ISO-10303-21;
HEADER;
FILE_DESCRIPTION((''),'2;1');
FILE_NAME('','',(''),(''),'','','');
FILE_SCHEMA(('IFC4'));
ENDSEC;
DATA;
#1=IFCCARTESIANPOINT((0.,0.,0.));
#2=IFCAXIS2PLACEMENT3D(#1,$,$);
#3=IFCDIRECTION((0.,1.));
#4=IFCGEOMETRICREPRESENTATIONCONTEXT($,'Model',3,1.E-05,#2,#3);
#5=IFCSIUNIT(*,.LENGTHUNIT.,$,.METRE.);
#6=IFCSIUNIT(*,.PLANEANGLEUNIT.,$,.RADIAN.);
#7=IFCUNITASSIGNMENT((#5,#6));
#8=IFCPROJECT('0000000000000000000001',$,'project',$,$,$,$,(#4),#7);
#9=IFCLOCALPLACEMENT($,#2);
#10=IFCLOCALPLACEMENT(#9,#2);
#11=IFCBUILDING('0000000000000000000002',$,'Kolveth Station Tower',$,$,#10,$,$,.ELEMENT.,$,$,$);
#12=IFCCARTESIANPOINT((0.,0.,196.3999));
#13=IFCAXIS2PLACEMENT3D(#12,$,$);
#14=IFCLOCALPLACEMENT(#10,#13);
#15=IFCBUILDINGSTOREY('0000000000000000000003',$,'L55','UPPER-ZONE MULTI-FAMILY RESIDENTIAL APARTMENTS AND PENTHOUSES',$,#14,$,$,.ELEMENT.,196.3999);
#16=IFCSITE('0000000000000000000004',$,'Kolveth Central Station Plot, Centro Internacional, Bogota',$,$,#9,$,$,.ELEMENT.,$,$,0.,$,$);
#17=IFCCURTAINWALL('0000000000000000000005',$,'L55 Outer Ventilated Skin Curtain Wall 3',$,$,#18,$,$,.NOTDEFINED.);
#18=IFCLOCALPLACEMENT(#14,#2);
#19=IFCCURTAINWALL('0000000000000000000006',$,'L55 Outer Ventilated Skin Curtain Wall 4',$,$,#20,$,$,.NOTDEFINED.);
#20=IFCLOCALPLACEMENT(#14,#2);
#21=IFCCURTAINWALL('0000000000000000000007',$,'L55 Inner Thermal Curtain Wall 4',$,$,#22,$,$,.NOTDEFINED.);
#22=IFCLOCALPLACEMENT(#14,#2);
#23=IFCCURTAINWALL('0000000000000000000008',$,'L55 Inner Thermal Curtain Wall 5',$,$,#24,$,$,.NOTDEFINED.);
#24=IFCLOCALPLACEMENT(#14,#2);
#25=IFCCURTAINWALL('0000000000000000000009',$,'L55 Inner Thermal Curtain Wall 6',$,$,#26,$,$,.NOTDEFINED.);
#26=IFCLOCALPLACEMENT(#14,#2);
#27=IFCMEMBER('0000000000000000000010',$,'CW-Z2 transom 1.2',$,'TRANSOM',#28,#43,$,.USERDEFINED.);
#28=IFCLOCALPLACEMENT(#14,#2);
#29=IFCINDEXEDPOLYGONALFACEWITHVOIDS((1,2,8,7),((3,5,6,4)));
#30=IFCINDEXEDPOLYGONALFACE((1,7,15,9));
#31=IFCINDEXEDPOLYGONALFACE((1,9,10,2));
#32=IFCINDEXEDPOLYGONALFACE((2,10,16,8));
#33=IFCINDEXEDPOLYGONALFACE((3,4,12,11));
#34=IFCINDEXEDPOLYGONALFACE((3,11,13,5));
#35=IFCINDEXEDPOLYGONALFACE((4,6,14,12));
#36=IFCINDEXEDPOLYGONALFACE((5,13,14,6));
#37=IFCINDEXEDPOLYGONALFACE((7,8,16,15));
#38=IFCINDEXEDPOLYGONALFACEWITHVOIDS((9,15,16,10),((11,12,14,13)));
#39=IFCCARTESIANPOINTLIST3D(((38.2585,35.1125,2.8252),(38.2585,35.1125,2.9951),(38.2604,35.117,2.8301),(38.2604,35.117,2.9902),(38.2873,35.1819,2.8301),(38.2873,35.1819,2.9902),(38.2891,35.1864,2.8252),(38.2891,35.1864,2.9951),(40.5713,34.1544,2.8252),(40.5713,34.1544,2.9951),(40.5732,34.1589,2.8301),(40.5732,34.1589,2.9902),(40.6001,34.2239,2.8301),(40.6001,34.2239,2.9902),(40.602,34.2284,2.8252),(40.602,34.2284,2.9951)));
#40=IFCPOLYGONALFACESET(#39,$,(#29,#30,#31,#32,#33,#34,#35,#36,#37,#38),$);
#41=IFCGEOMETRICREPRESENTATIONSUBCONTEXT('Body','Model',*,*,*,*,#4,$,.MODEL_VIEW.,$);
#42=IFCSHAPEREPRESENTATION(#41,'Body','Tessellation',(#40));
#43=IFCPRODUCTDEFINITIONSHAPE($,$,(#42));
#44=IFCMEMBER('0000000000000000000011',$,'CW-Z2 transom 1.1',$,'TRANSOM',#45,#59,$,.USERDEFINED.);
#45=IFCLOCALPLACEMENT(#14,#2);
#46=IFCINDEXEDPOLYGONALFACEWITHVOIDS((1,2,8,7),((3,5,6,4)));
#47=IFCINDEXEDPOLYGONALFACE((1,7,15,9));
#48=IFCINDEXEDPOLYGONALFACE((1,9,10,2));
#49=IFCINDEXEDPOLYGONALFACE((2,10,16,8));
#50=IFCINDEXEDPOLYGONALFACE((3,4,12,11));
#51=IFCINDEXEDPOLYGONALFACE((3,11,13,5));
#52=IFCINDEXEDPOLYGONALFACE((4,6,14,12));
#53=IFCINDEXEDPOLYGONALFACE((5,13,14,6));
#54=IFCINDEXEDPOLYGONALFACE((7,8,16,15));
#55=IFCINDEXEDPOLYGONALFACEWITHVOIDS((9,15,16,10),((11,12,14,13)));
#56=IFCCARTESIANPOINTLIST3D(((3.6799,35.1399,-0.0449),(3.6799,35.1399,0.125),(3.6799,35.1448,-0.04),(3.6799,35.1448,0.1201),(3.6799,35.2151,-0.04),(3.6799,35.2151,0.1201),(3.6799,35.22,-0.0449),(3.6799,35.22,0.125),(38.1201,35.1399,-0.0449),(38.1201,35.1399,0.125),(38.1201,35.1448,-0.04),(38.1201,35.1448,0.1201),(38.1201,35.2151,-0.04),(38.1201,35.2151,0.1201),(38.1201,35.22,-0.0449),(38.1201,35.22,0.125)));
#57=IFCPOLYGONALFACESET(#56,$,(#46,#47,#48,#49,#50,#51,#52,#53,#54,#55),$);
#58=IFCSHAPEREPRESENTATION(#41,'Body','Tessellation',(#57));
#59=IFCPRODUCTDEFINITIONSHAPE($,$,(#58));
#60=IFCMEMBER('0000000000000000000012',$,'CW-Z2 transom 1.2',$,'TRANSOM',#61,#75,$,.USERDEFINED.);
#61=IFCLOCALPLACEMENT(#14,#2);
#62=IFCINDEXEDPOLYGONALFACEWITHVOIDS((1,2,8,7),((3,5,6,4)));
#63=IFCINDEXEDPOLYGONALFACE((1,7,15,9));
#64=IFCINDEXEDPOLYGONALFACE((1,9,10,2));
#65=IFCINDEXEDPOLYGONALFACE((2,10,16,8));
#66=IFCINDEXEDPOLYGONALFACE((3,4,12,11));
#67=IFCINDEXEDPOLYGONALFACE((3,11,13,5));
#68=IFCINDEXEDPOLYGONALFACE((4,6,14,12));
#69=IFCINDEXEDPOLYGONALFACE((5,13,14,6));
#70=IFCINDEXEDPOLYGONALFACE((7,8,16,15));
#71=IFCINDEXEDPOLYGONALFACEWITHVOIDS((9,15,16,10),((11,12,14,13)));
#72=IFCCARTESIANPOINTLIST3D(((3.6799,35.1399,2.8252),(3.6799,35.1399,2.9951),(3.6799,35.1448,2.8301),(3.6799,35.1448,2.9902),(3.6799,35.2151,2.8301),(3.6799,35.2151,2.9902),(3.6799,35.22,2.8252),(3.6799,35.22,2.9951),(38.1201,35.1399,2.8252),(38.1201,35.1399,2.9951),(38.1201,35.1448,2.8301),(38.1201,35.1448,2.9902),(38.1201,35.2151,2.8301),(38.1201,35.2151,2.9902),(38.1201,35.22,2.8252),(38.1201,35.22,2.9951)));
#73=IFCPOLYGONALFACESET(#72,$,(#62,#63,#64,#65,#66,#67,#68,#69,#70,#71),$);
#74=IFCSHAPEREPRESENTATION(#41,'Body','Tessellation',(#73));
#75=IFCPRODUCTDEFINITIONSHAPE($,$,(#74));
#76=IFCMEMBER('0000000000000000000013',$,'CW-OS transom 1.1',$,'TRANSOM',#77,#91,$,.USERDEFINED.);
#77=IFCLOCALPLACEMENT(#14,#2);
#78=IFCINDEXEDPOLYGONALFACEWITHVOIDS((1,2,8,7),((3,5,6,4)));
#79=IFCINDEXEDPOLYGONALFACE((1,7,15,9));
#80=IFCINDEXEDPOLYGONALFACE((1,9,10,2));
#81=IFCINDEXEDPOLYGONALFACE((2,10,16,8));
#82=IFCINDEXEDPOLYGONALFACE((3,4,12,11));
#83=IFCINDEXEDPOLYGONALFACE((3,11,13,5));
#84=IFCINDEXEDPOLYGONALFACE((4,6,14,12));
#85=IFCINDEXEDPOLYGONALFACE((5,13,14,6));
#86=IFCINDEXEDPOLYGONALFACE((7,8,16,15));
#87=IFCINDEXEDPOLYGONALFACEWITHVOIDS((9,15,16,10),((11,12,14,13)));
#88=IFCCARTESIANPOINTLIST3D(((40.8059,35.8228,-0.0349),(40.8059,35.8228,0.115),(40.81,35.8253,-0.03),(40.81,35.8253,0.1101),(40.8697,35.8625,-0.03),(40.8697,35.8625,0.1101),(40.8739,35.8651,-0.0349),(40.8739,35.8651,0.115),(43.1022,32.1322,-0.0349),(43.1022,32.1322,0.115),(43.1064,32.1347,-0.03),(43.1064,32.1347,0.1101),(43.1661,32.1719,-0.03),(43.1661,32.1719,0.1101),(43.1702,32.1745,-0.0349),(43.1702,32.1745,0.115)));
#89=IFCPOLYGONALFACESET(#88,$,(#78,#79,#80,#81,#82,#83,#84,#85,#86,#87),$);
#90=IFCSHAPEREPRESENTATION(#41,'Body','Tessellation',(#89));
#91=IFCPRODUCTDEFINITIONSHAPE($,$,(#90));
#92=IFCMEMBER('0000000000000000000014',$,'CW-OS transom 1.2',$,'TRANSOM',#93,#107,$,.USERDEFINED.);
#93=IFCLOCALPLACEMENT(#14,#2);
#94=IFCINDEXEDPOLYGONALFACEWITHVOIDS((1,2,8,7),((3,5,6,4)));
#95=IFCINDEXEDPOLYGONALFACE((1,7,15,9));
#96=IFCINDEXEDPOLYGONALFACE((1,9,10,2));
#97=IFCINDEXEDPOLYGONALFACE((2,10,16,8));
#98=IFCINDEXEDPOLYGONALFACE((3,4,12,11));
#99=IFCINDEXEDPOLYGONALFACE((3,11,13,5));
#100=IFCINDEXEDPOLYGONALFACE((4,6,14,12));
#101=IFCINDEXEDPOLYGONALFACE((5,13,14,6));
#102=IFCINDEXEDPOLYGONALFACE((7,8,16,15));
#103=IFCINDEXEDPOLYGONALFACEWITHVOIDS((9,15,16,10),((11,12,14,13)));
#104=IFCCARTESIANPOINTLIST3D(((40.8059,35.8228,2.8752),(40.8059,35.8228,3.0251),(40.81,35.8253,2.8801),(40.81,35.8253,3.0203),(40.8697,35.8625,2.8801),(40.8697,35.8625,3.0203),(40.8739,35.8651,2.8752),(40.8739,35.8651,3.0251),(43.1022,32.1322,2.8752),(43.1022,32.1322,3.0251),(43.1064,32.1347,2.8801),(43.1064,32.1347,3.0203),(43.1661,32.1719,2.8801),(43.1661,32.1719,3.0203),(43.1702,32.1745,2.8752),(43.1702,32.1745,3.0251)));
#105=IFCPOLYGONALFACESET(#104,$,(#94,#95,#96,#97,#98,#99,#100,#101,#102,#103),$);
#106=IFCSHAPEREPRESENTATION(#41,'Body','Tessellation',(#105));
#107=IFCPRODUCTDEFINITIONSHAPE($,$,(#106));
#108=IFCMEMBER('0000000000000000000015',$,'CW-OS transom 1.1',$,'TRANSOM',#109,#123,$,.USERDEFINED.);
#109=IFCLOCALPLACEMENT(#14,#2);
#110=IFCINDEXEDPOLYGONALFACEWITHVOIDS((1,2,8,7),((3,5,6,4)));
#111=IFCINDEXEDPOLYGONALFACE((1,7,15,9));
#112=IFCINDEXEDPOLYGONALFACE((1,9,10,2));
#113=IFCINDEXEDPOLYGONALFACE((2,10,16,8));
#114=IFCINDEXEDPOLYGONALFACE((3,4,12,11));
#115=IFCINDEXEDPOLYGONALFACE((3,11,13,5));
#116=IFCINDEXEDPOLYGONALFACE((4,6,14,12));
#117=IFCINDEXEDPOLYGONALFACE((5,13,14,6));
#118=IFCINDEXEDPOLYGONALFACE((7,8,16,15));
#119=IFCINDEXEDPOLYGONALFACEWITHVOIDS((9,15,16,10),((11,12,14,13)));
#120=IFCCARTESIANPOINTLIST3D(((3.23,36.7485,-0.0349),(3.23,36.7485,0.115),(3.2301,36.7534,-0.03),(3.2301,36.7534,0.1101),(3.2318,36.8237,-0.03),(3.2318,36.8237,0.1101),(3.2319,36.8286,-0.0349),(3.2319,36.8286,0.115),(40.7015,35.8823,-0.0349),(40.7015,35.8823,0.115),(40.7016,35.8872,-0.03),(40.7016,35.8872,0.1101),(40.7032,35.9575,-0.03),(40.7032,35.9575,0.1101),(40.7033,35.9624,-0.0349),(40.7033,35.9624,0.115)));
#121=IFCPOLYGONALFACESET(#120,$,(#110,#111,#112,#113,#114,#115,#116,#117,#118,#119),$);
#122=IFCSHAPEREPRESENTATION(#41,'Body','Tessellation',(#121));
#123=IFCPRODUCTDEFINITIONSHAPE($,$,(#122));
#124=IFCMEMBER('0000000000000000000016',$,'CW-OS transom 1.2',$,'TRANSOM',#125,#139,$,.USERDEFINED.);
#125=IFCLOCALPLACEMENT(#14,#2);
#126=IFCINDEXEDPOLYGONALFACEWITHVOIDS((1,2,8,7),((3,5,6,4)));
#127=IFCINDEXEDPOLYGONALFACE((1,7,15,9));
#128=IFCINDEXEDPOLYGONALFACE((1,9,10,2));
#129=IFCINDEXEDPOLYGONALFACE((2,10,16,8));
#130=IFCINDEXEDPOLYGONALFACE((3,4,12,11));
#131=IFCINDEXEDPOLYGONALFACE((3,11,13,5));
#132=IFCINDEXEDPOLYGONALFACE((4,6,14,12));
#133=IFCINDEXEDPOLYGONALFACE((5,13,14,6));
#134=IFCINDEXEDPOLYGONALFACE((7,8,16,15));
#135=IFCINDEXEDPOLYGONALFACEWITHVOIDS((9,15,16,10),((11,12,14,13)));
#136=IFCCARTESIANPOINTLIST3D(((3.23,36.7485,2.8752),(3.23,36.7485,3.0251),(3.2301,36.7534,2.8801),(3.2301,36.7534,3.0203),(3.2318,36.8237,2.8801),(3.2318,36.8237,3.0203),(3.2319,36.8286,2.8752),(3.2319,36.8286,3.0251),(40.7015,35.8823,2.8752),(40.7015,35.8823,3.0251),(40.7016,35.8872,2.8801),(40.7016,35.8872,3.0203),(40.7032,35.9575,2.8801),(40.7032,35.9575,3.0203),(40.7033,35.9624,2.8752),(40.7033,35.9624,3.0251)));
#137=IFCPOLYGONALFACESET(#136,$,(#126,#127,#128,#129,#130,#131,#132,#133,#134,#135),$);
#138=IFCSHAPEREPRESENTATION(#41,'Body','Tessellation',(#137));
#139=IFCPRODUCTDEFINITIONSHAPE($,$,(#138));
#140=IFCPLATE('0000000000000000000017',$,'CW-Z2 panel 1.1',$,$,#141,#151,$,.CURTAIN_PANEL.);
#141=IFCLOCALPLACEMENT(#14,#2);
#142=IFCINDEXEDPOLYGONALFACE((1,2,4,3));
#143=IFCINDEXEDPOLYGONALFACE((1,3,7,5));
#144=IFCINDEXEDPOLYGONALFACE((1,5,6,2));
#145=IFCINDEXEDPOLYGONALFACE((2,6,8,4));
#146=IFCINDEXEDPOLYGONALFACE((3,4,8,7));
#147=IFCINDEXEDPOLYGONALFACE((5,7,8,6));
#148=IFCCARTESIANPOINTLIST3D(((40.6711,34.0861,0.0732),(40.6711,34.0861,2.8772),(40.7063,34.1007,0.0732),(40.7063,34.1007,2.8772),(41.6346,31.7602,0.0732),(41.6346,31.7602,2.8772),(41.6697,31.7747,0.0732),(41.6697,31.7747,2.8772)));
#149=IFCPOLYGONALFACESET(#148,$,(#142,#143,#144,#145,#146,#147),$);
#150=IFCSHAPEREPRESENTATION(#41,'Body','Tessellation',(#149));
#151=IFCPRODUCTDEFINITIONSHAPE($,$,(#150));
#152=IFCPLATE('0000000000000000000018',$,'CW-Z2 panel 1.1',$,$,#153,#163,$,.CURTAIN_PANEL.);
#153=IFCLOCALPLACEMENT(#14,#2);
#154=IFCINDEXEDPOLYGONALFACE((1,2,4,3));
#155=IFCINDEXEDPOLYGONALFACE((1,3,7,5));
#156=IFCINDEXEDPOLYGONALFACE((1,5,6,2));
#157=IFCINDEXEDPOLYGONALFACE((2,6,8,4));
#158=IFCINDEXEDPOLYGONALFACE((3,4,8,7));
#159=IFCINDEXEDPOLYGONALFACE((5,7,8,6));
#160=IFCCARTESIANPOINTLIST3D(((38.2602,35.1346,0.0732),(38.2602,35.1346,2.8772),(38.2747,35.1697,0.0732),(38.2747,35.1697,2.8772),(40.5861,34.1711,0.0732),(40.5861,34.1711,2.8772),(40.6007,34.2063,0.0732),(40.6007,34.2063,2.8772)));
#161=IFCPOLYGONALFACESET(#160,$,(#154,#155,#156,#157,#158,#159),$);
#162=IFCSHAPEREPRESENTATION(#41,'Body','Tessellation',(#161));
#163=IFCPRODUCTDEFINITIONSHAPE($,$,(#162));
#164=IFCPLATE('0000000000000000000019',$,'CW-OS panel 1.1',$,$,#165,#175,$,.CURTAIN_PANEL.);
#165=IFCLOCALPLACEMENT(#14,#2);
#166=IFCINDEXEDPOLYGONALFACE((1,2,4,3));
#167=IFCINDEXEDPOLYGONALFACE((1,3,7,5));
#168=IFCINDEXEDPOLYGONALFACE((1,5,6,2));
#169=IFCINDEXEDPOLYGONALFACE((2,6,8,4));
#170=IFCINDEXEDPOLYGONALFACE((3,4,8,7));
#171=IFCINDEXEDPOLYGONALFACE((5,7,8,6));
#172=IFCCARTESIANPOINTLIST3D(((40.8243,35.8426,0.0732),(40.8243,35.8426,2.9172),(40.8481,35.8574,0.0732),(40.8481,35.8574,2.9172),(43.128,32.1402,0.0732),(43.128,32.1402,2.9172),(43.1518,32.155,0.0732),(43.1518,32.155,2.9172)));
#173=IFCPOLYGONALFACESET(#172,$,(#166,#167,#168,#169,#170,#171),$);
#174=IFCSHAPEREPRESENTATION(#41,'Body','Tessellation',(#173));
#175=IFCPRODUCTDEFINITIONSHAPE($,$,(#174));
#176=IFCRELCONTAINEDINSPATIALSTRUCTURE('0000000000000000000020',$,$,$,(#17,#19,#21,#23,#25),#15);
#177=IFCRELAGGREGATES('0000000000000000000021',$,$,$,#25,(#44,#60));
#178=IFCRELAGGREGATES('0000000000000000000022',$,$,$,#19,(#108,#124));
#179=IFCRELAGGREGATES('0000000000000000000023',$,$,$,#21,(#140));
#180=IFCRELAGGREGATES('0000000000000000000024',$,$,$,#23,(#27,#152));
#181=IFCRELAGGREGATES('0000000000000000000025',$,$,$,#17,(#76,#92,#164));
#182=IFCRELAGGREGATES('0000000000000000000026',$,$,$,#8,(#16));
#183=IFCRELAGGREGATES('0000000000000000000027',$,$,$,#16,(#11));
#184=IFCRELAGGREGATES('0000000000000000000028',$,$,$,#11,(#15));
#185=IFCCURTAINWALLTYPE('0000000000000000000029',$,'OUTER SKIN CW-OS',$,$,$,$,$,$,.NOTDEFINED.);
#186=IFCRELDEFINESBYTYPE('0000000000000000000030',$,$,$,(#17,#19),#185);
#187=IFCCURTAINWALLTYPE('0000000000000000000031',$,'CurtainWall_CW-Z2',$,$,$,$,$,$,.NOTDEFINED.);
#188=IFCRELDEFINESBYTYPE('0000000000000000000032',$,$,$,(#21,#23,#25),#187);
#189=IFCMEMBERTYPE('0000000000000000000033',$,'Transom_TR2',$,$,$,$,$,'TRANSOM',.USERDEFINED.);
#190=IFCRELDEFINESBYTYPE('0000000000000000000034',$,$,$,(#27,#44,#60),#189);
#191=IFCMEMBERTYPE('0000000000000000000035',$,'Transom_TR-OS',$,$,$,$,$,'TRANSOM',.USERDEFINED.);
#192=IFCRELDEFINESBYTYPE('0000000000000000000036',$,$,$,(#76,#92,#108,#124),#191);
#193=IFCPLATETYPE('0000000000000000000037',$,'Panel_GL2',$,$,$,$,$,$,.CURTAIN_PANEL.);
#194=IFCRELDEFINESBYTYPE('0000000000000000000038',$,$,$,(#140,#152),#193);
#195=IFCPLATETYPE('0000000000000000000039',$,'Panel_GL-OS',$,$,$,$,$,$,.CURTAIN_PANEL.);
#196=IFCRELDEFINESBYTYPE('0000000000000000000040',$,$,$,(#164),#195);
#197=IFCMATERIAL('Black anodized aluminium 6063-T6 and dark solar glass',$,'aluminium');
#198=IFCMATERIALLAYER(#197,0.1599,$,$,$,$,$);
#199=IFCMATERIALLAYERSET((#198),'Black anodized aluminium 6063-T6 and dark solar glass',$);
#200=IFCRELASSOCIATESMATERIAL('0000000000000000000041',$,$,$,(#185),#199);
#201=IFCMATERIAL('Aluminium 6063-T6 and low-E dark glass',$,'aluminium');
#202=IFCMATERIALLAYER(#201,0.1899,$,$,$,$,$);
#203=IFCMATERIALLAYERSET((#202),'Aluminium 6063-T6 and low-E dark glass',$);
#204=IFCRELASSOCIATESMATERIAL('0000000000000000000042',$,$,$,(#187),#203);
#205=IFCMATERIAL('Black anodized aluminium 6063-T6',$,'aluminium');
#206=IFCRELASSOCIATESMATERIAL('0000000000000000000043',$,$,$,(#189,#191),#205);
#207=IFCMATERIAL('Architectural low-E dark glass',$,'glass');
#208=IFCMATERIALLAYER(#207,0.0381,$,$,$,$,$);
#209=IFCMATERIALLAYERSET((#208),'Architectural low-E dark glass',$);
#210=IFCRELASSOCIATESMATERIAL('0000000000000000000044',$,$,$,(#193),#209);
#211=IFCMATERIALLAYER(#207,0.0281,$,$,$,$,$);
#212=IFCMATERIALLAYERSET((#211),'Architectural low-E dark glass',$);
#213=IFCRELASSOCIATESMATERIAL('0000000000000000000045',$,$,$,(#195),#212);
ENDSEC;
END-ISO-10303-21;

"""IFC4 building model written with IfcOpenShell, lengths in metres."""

from ifc_helpers import new_model, si_unit, direction, frame, origin, origin_2d, place, context, subcontext, project, spatial, rectangle, hollow_rectangle, extrude, source, transform, mapped, material, layer, layer_set, material_profile, profile_set, type_object, element, aggregate, save


model = new_model("IFC4")

# Units and contexts
model_context = context("Model", 3, precision=1e-05, world=origin(), true_north=direction((0.0, 1.0)))
body_context = subcontext(model_context, "Body", "Model", "MODEL_VIEW")
ifc_project = project(units=[si_unit("LENGTHUNIT", "METRE"), si_unit("PLANEANGLEUNIT", "RADIAN")], contexts=[model_context])

# Site, building, storey
site_placement = place(None, origin())
site = spatial("IfcSite", under=ifc_project, at=site_placement, Name="Kolveth Central Station Plot, Centro Internacional, Bogota", CompositionType="ELEMENT", RefElevation=0.0)
building_placement = place(site_placement, origin())
building = spatial("IfcBuilding", under=site, at=building_placement, Name="Kolveth Station Tower", CompositionType="ELEMENT")
storey_placement = place(building_placement, frame((0.0, 0.0, 196.3999)))
storey = spatial("IfcBuildingStorey", under=building, at=storey_placement, Name="L55", Description="UPPER-ZONE MULTI-FAMILY RESIDENTIAL APARTMENTS AND PENTHOUSES", CompositionType="ELEMENT", Elevation=196.3999)

# Shared definitions
ifc_material_1 = material(Name="Black anodized aluminium 6063-T6 and dark solar glass", Category="aluminium")
ifc_layer_1 = layer(ifc_material_1, 0.1599)
ifc_layer_set_1 = layer_set([ifc_layer_1], Name="Black anodized aluminium 6063-T6 and dark solar glass")
curtain_wall_type_1 = type_object("IfcCurtainWallType", Name="OUTER SKIN CW-OS", PredefinedType="NOTDEFINED", material=ifc_layer_set_1)
ifc_material_2 = material(Name="Black anodized aluminium 6063-T6", Category="aluminium")

# Curtain wall
curtain_wall_1_placement = place(storey_placement, origin())
curtain_wall_1 = element("IfcCurtainWall", 1, at=curtain_wall_1_placement, inside=storey, type_object=curtain_wall_type_1, Name="L55 Outer Ventilated Skin Curtain Wall 3", PredefinedType="NOTDEFINED")

# Curtain walls
curtain_wall_2_placement = place(storey_placement, origin())
curtain_wall_2 = element("IfcCurtainWall", 2, at=curtain_wall_2_placement, inside=storey, type_object=curtain_wall_type_1, Name="L55 Outer Ventilated Skin Curtain Wall 4", PredefinedType="NOTDEFINED")
ifc_material_3 = material(Name="Aluminium 6063-T6 and low-E dark glass", Category="aluminium")
ifc_layer_2 = layer(ifc_material_3, 0.1899)
ifc_layer_set_2 = layer_set([ifc_layer_2], Name="Aluminium 6063-T6 and low-E dark glass")
curtain_wall_type_2 = type_object("IfcCurtainWallType", Name="CurtainWall_CW-Z2", PredefinedType="NOTDEFINED", material=ifc_layer_set_2)
curtain_wall_3_placement = place(storey_placement, origin())
curtain_wall_3 = element("IfcCurtainWall", 3, at=curtain_wall_3_placement, inside=storey, type_object=curtain_wall_type_2, Name="L55 Inner Thermal Curtain Wall 4", PredefinedType="NOTDEFINED")

# Curtain wall
curtain_wall_4_placement = place(storey_placement, origin())
curtain_wall_4 = element("IfcCurtainWall", 4, at=curtain_wall_4_placement, inside=storey, type_object=curtain_wall_type_2, Name="L55 Inner Thermal Curtain Wall 5", PredefinedType="NOTDEFINED")

# Curtain wall
curtain_wall_5_placement = place(storey_placement, origin())
curtain_wall_5 = element("IfcCurtainWall", 5, at=curtain_wall_5_placement, inside=storey, type_object=curtain_wall_type_2, Name="L55 Inner Thermal Curtain Wall 6", PredefinedType="NOTDEFINED")

# Members
ifc_material_profile_1 = material_profile(ifc_material_2, hollow_rectangle(XDim=0.0801, YDim=0.1699, WallThickness=0.0049, at=origin_2d()), Name="ALU-80x170x5")
ifc_profile_set_1 = profile_set([ifc_material_profile_1], Name="Black anodized aluminium 6063-T6")
member_type_1 = type_object("IfcMemberType", Name="Transom_TR2", ElementType="TRANSOM", PredefinedType="USERDEFINED", material=ifc_profile_set_1)
shared_shape_1 = source(origin(), body_context, "Body", "SweptSolid", [
    extrude(hollow_rectangle(XDim=0.0801, YDim=0.1699, WallThickness=0.0049, at=origin_2d()), origin(), (0.0, 0.0, 1.0), 2.5034),
])
member_1_placement = place(storey_placement, frame((40.5867, 34.1914, 2.9102), z_axis=(-0.923874, 0.382696, 0.0), x_axis=(-0.382696, -0.923874, 0.0)))
member_1 = element("IfcMember", 6, at=member_1_placement, type_object=member_type_1, Name="CW-Z2 transom 1.2", ObjectType="TRANSOM", PredefinedType="USERDEFINED", context=body_context, shape_type="MappedRepresentation", body=[
    mapped(shared_shape_1, transform((0.0, 0.0, 0.0), x_axis=(1.0, 0.0, 0.0), y_axis=(0.0, 1.0, 0.0), z_axis=(0.0, 0.0, 1.0), scale=1.0)),
])
shared_shape_2 = source(origin(), body_context, "Body", "SweptSolid", [
    extrude(hollow_rectangle(XDim=0.0801, YDim=0.1699, WallThickness=0.0049, at=origin_2d()), origin(), (0.0, 0.0, 1.0), 34.4402),
])
member_2_placement = place(storey_placement, frame((38.1201, 35.1799, 0.04), z_axis=(-1.0, 0.0, 0.0), x_axis=(0.0, -1.0, 0.0)))
member_2 = element("IfcMember", 7, at=member_2_placement, type_object=member_type_1, Name="CW-Z2 transom 1.1", ObjectType="TRANSOM", PredefinedType="USERDEFINED", context=body_context, shape_type="MappedRepresentation", body=[
    mapped(shared_shape_2, transform((0.0, 0.0, 0.0), x_axis=(1.0, 0.0, 0.0), y_axis=(0.0, 1.0, 0.0), z_axis=(0.0, 0.0, 1.0), scale=1.0)),
])
member_3_placement = place(storey_placement, frame((38.1201, 35.1799, 2.9102), z_axis=(-1.0, 0.0, 0.0), x_axis=(0.0, -1.0, 0.0)))
member_3 = element("IfcMember", 8, at=member_3_placement, type_object=member_type_1, Name="CW-Z2 transom 1.2", ObjectType="TRANSOM", PredefinedType="USERDEFINED", context=body_context, shape_type="MappedRepresentation", body=[
    mapped(shared_shape_2, transform((0.0, 0.0, 0.0), x_axis=(1.0, 0.0, 0.0), y_axis=(0.0, 1.0, 0.0), z_axis=(0.0, 0.0, 1.0), scale=1.0)),
])
aggregate(curtain_wall_5, [member_2, member_3])
ifc_material_profile_2 = material_profile(ifc_material_2, hollow_rectangle(XDim=0.0801, YDim=0.1499, WallThickness=0.0049, at=origin_2d()), Name="ALU-80x150x5")
ifc_profile_set_2 = profile_set([ifc_material_profile_2], Name="Black anodized aluminium 6063-T6")
member_type_2 = type_object("IfcMemberType", Name="Transom_TR-OS", ElementType="TRANSOM", PredefinedType="USERDEFINED", material=ifc_profile_set_2)
shared_shape_3 = source(origin(), body_context, "Body", "SweptSolid", [
    extrude(hollow_rectangle(XDim=0.0801, YDim=0.1499, WallThickness=0.0049, at=origin_2d()), origin(), (0.0, 0.0, 1.0), 4.3467),
])
member_4_placement = place(storey_placement, frame((43.1362, 32.1533, 0.04), z_axis=(-0.528296, 0.84906, 0.0), x_axis=(-0.84906, -0.528296, 0.0)))
member_4 = element("IfcMember", 9, at=member_4_placement, type_object=member_type_2, Name="CW-OS transom 1.1", ObjectType="TRANSOM", PredefinedType="USERDEFINED", context=body_context, shape_type="MappedRepresentation", body=[
    mapped(shared_shape_3, transform((0.0, 0.0, 0.0), x_axis=(1.0, 0.0, 0.0), y_axis=(0.0, 1.0, 0.0), z_axis=(0.0, 0.0, 1.0), scale=1.0)),
])
member_5_placement = place(storey_placement, frame((43.1362, 32.1533, 2.9502), z_axis=(-0.528296, 0.84906, 0.0), x_axis=(-0.84906, -0.528296, 0.0)))
member_5 = element("IfcMember", 10, at=member_5_placement, type_object=member_type_2, Name="CW-OS transom 1.2", ObjectType="TRANSOM", PredefinedType="USERDEFINED", context=body_context, shape_type="MappedRepresentation", body=[
    mapped(shared_shape_3, transform((0.0, 0.0, 0.0), x_axis=(1.0, 0.0, 0.0), y_axis=(0.0, 1.0, 0.0), z_axis=(0.0, 0.0, 1.0), scale=1.0)),
])
shared_shape_4 = source(origin(), body_context, "Body", "SweptSolid", [
    extrude(hollow_rectangle(XDim=0.0801, YDim=0.1499, WallThickness=0.0049, at=origin_2d()), origin(), (0.0, 0.0, 1.0), 37.4814),
])
member_6_placement = place(storey_placement, frame((40.7024, 35.9224, 0.04), z_axis=(-0.999733, 0.02311, 0.0), x_axis=(-0.02311, -0.999733, 0.0)))
member_6 = element("IfcMember", 11, at=member_6_placement, type_object=member_type_2, Name="CW-OS transom 1.1", ObjectType="TRANSOM", PredefinedType="USERDEFINED", context=body_context, shape_type="MappedRepresentation", body=[
    mapped(shared_shape_4, transform((0.0, 0.0, 0.0), x_axis=(1.0, 0.0, 0.0), y_axis=(0.0, 1.0, 0.0), z_axis=(0.0, 0.0, 1.0), scale=1.0)),
])
member_7_placement = place(storey_placement, frame((40.7024, 35.9224, 2.9502), z_axis=(-0.999733, 0.02311, 0.0), x_axis=(-0.02311, -0.999733, 0.0)))
member_7 = element("IfcMember", 12, at=member_7_placement, type_object=member_type_2, Name="CW-OS transom 1.2", ObjectType="TRANSOM", PredefinedType="USERDEFINED", context=body_context, shape_type="MappedRepresentation", body=[
    mapped(shared_shape_4, transform((0.0, 0.0, 0.0), x_axis=(1.0, 0.0, 0.0), y_axis=(0.0, 1.0, 0.0), z_axis=(0.0, 0.0, 1.0), scale=1.0)),
])
aggregate(curtain_wall_2, [member_6, member_7])

# Plates
ifc_material_4 = material(Name="Architectural low-E dark glass", Category="glass")
ifc_layer_3 = layer(ifc_material_4, 0.0381)
ifc_layer_set_3 = layer_set([ifc_layer_3], Name="Architectural low-E dark glass")
plate_type_1 = type_object("IfcPlateType", Name="Panel_GL2", PredefinedType="CURTAIN_PANEL", material=ifc_layer_set_3)
shared_shape_5 = source(origin(), body_context, "Body", "SweptSolid", [
    extrude(rectangle(XDim=2.5176, YDim=0.0381, at=origin_2d()), origin(), (0.0, 0.0, 1.0), 2.804),
])
plate_1_placement = place(storey_placement, frame((41.1704, 32.9304, 0.0732), z_axis=(0.0, 0.0, 1.0), x_axis=(-0.382698, 0.923874, 0.0)))
plate_1 = element("IfcPlate", 13, at=plate_1_placement, type_object=plate_type_1, Name="CW-Z2 panel 1.1", PredefinedType="CURTAIN_PANEL", context=body_context, shape_type="MappedRepresentation", body=[
    mapped(shared_shape_5, transform((0.0, 0.0, 0.0), x_axis=(1.0, 0.0, 0.0), y_axis=(0.0, 1.0, 0.0), z_axis=(0.0, 0.0, 1.0), scale=1.0)),
])
aggregate(curtain_wall_3, [plate_1])
plate_2_placement = place(storey_placement, frame((39.4304, 34.6704, 0.0732), z_axis=(0.0, 0.0, 1.0), x_axis=(-0.923874, 0.382698, 0.0)))
plate_2 = element("IfcPlate", 14, at=plate_2_placement, type_object=plate_type_1, Name="CW-Z2 panel 1.1", PredefinedType="CURTAIN_PANEL", context=body_context, shape_type="MappedRepresentation", body=[
    mapped(shared_shape_5, transform((0.0, 0.0, 0.0), x_axis=(1.0, 0.0, 0.0), y_axis=(0.0, 1.0, 0.0), z_axis=(0.0, 0.0, 1.0), scale=1.0)),
])
aggregate(curtain_wall_4, [member_1, plate_2])
ifc_layer_4 = layer(ifc_material_4, 0.0281)
ifc_layer_set_4 = layer_set([ifc_layer_4], Name="Architectural low-E dark glass")
plate_type_2 = type_object("IfcPlateType", Name="Panel_GL-OS", PredefinedType="CURTAIN_PANEL", material=ifc_layer_set_4)
shared_shape_6 = source(origin(), body_context, "Body", "SweptSolid", [
    extrude(rectangle(XDim=4.3606, YDim=0.0281, at=origin_2d()), origin(), (0.0, 0.0, 1.0), 2.844),
])
plate_3_placement = place(storey_placement, frame((41.988, 33.9988, 0.0732), z_axis=(0.0, 0.0, 1.0), x_axis=(-0.528294, 0.849061, 0.0)))
plate_3 = element("IfcPlate", 15, at=plate_3_placement, type_object=plate_type_2, Name="CW-OS panel 1.1", PredefinedType="CURTAIN_PANEL", context=body_context, shape_type="MappedRepresentation", body=[
    mapped(shared_shape_6, transform((0.0, 0.0, 0.0), x_axis=(1.0, 0.0, 0.0), y_axis=(0.0, 1.0, 0.0), z_axis=(0.0, 0.0, 1.0), scale=1.0)),
])
aggregate(curtain_wall_1, [member_4, member_5, plate_3])

save(model, "model.ifc")
